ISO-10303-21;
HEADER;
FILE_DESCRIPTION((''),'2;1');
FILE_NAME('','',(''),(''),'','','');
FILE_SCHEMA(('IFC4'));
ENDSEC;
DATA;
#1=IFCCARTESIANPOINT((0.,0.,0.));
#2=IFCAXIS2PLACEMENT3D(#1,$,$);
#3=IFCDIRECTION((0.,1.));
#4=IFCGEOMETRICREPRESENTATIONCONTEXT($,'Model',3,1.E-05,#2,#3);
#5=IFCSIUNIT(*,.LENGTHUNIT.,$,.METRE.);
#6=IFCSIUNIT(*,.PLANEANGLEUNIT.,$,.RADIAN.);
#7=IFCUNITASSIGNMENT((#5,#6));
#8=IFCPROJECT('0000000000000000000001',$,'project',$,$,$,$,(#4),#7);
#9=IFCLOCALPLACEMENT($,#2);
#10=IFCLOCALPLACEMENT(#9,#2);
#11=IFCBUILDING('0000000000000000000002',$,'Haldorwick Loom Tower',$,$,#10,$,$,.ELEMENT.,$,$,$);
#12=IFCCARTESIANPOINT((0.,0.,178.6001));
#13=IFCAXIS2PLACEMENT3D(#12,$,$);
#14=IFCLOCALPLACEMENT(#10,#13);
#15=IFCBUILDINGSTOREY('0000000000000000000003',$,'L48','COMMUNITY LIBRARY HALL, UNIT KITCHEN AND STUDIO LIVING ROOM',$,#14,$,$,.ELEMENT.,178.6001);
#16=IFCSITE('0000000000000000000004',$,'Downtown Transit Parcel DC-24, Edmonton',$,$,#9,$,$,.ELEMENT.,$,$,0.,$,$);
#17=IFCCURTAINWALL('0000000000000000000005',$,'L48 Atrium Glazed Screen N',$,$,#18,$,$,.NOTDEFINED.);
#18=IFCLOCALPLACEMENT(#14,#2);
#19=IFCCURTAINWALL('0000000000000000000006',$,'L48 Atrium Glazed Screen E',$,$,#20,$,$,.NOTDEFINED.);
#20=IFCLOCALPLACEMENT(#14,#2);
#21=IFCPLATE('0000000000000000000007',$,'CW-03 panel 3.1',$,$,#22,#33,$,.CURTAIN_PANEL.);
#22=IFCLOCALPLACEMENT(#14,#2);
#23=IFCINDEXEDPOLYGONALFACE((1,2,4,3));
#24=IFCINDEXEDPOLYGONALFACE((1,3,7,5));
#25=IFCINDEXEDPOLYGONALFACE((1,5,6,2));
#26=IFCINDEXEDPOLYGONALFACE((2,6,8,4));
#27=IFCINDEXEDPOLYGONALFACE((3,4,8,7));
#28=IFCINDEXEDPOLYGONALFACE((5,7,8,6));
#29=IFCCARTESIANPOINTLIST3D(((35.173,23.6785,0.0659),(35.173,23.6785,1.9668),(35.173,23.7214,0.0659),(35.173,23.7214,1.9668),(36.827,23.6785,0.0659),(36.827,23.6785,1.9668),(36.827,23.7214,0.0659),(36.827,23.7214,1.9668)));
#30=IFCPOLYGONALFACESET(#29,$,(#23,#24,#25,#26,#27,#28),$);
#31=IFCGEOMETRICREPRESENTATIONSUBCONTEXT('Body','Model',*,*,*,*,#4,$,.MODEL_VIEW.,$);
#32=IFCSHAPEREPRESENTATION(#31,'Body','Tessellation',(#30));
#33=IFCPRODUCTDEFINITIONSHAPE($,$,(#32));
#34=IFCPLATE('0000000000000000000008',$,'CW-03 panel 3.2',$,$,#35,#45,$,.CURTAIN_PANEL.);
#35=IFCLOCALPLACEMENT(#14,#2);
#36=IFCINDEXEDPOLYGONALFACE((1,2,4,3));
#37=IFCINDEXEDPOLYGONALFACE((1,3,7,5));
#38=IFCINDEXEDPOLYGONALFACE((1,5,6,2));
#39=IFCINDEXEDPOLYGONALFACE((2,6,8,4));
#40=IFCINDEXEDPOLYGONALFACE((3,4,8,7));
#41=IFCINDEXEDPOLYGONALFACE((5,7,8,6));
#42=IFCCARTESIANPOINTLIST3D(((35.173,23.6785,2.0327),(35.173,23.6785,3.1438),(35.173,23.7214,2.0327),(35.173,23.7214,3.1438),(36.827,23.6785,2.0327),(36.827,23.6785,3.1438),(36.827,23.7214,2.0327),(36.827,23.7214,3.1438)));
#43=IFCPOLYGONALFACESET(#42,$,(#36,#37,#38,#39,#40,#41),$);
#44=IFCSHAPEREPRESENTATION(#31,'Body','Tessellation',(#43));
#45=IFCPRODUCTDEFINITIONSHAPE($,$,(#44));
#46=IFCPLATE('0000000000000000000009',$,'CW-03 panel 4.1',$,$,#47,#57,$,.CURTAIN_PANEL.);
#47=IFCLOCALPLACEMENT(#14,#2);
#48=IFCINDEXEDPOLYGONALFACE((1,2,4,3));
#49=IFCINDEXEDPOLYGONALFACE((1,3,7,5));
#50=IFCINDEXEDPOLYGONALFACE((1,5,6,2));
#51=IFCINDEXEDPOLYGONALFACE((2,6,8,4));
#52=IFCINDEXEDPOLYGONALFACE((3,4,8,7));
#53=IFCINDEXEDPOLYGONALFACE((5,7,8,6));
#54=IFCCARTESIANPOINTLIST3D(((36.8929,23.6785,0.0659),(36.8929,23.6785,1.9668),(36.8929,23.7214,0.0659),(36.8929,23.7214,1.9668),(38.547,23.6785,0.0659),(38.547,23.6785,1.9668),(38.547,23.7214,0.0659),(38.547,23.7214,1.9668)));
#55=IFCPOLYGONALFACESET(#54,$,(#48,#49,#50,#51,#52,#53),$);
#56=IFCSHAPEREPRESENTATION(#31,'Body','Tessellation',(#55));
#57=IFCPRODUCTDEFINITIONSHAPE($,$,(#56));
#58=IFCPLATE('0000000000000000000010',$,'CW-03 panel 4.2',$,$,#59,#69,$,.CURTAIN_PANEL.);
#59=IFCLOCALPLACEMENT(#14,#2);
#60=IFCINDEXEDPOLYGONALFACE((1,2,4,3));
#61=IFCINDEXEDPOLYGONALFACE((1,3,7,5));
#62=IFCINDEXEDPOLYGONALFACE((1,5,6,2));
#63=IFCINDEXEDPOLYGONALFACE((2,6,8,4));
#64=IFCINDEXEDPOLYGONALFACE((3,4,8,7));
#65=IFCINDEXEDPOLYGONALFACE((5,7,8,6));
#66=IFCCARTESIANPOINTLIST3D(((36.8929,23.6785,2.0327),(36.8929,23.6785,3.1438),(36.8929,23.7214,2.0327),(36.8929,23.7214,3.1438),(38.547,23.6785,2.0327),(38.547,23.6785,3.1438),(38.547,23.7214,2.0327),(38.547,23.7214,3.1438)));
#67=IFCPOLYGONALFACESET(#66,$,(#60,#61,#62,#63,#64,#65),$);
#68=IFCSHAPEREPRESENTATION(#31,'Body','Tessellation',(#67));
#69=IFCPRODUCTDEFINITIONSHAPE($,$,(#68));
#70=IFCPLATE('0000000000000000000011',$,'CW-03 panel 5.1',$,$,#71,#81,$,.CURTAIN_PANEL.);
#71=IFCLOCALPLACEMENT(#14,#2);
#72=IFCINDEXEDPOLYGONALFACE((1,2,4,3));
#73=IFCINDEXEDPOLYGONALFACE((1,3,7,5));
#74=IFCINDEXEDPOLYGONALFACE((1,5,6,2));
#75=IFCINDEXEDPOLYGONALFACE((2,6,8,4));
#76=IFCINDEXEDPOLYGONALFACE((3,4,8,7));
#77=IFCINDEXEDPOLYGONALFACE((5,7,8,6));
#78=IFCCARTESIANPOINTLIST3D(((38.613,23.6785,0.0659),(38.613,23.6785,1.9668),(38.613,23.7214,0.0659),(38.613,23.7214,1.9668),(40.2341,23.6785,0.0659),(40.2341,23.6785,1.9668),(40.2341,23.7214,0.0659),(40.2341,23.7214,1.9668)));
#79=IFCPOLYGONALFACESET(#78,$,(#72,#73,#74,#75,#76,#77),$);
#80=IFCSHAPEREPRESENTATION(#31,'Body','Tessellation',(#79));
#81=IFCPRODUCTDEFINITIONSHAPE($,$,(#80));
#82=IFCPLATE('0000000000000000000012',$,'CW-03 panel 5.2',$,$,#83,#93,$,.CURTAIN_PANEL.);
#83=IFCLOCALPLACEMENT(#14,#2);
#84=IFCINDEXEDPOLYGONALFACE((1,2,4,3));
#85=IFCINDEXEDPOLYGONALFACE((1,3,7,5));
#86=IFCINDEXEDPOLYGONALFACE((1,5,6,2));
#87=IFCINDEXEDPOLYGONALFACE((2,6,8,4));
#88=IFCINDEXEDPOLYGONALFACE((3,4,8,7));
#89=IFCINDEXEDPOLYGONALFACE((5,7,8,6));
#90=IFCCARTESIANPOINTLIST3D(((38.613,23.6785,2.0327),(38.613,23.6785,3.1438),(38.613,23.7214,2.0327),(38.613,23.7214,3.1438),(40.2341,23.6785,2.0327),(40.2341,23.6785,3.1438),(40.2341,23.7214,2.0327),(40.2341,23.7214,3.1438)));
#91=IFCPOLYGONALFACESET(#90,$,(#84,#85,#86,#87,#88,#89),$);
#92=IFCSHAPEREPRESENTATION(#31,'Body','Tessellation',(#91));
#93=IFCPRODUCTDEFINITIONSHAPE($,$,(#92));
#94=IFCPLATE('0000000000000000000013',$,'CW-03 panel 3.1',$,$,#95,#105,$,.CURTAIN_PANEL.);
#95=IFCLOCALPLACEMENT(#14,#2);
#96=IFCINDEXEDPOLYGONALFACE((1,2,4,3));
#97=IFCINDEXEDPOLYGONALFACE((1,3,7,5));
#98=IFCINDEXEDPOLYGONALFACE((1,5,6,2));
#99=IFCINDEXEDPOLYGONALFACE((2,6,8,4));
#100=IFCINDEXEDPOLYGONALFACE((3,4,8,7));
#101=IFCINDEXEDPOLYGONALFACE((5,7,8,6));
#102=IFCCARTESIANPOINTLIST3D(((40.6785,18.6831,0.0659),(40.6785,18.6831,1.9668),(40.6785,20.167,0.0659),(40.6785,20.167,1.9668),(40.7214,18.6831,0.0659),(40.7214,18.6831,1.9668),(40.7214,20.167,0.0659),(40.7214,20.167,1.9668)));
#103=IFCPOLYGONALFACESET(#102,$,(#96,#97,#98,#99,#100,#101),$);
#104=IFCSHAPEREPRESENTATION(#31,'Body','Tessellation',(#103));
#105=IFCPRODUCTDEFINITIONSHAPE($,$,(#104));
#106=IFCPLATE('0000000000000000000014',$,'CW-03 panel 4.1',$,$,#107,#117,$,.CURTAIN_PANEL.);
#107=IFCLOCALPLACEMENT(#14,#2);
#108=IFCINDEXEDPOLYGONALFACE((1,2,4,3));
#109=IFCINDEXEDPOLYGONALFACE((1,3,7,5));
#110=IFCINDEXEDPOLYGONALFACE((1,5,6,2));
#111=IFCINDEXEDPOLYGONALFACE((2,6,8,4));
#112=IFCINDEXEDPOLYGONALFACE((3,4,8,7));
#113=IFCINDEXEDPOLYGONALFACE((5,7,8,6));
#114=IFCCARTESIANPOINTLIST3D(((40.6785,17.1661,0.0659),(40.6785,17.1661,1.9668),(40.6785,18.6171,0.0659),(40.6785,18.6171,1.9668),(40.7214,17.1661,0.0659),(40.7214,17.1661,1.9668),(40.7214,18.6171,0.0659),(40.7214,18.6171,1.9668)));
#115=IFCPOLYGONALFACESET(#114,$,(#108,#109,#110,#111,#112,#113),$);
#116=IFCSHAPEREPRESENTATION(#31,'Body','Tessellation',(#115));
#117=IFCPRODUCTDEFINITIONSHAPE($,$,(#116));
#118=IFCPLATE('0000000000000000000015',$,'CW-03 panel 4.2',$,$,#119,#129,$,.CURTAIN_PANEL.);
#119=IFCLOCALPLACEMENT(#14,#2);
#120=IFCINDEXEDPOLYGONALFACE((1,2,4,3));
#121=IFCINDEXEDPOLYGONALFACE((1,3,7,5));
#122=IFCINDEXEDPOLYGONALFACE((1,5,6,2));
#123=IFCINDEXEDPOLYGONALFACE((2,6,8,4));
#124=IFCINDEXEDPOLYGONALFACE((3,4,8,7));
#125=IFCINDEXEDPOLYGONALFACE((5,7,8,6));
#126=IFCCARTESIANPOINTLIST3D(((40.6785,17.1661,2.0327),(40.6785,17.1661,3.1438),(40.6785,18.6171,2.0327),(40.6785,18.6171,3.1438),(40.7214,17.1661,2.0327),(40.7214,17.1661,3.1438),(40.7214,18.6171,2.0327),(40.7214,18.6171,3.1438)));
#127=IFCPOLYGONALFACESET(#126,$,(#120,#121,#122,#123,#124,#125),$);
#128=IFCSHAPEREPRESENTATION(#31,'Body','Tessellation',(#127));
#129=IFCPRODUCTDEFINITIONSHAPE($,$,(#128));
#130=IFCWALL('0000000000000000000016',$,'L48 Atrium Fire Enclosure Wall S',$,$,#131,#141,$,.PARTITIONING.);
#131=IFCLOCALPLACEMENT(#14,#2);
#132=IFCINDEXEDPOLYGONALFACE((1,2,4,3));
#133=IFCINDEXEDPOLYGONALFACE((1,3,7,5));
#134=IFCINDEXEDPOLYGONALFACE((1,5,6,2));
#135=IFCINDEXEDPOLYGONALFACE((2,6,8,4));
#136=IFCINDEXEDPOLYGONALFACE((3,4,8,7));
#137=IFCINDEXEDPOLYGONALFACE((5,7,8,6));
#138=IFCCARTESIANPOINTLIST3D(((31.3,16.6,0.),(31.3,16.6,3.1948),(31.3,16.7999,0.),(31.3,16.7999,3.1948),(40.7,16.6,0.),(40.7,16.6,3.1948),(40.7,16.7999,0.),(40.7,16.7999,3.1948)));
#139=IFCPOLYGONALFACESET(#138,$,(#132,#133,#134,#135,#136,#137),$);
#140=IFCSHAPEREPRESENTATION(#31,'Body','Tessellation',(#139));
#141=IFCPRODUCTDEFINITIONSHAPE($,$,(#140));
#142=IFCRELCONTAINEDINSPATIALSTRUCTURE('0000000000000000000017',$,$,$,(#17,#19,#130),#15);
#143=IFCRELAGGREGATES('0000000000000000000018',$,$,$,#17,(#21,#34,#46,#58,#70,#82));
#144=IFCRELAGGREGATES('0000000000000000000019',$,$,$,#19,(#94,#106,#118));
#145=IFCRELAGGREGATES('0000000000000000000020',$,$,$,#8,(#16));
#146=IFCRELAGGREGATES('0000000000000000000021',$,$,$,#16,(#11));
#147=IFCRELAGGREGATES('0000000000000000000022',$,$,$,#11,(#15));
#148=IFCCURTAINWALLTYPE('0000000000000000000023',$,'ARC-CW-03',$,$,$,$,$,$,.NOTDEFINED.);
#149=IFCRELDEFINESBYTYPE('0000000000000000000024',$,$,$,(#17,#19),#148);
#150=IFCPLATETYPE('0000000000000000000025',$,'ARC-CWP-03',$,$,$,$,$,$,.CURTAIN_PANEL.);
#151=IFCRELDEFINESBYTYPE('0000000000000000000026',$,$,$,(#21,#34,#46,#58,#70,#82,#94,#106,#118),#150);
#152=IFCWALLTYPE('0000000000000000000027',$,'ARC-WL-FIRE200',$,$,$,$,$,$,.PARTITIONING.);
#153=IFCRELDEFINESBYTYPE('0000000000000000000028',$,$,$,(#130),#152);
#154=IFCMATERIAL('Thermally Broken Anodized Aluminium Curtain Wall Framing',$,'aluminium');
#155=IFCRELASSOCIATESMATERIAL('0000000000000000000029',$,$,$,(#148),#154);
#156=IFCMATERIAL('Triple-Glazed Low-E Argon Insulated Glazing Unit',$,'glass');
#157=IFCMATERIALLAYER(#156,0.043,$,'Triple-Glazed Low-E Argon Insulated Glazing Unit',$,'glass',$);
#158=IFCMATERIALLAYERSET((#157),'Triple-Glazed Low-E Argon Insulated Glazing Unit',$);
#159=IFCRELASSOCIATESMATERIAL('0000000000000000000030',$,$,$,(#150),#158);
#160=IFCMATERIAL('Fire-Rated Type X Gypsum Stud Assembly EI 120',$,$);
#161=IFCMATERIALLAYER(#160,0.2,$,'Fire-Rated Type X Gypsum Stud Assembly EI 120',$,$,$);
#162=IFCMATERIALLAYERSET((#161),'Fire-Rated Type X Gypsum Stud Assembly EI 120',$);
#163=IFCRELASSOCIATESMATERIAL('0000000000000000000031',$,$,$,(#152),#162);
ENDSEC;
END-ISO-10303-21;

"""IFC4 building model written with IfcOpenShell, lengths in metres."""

from ifc_helpers import new_model, si_unit, direction, frame, frame_2d, origin, origin_2d, place, context, subcontext, project, spatial, rectangle, extrude, material, layer, layer_set, type_object, element, aggregate, save


model = new_model("IFC4")

# Units and contexts
model_context = context("Model", 3, precision=1e-05, world=origin(), true_north=direction((0.0, 1.0)))
body_context = subcontext(model_context, "Body", "Model", "MODEL_VIEW")
ifc_project = project(units=[si_unit("LENGTHUNIT", "METRE"), si_unit("PLANEANGLEUNIT", "RADIAN")], contexts=[model_context])

# Site, building, storey
site_placement = place(None, origin())
site = spatial("IfcSite", under=ifc_project, at=site_placement, Name="Downtown Transit Parcel DC-24, Edmonton", CompositionType="ELEMENT", RefElevation=0.0)
building_placement = place(site_placement, origin())
building = spatial("IfcBuilding", under=site, at=building_placement, Name="Haldorwick Loom Tower", CompositionType="ELEMENT")
storey_placement = place(building_placement, frame((0.0, 0.0, 178.6001)))
storey = spatial("IfcBuildingStorey", under=building, at=storey_placement, Name="L48", Description="COMMUNITY LIBRARY HALL, UNIT KITCHEN AND STUDIO LIVING ROOM", CompositionType="ELEMENT", Elevation=178.6001)

# Curtain walls
ifc_material_1 = material(Name="Thermally Broken Anodized Aluminium Curtain Wall Framing", Category="aluminium")
curtain_wall_type = type_object("IfcCurtainWallType", Name="ARC-CW-03", PredefinedType="NOTDEFINED", material=ifc_material_1)
curtain_wall_1_placement = place(storey_placement, origin())
curtain_wall_1 = element("IfcCurtainWall", 1, at=curtain_wall_1_placement, inside=storey, type_object=curtain_wall_type, Name="L48 Atrium Glazed Screen N", PredefinedType="NOTDEFINED")
curtain_wall_2_placement = place(storey_placement, origin())
curtain_wall_2 = element("IfcCurtainWall", 2, at=curtain_wall_2_placement, inside=storey, type_object=curtain_wall_type, Name="L48 Atrium Glazed Screen E", PredefinedType="NOTDEFINED")

# Plates
ifc_material_2 = material(Name="Triple-Glazed Low-E Argon Insulated Glazing Unit", Category="glass")
ifc_layer_1 = layer(ifc_material_2, 0.043, Name="Triple-Glazed Low-E Argon Insulated Glazing Unit", Category="glass")
ifc_layer_set_1 = layer_set([ifc_layer_1], Name="Triple-Glazed Low-E Argon Insulated Glazing Unit")
plate_type = type_object("IfcPlateType", Name="ARC-CWP-03", PredefinedType="CURTAIN_PANEL", material=ifc_layer_set_1)
plate_1_placement = place(storey_placement, frame((36.0, 23.7, 0.0659), z_axis=(0.0, 0.0, 1.0), x_axis=(1.0, 0.0, 0.0)))
plate_1 = element("IfcPlate", 3, at=plate_1_placement, type_object=plate_type, Name="CW-03 panel 3.1", PredefinedType="CURTAIN_PANEL", context=body_context, shape_type="SweptSolid", body=[
    extrude(rectangle(XDim=1.6541, YDim=0.043, at=origin_2d()), origin(), (0.0, 0.0, 1.0), 1.9009),
])
plate_2_placement = place(storey_placement, frame((36.0, 23.7, 2.0327), z_axis=(0.0, 0.0, 1.0), x_axis=(1.0, 0.0, 0.0)))
plate_2 = element("IfcPlate", 4, at=plate_2_placement, type_object=plate_type, Name="CW-03 panel 3.2", PredefinedType="CURTAIN_PANEL", context=body_context, shape_type="SweptSolid", body=[
    extrude(rectangle(XDim=1.6541, YDim=0.043, at=origin_2d()), origin(), (0.0, 0.0, 1.0), 1.1111),
])
plate_3_placement = place(storey_placement, frame((37.72, 23.7, 0.0659), z_axis=(0.0, 0.0, 1.0), x_axis=(1.0, 0.0, 0.0)))
plate_3 = element("IfcPlate", 5, at=plate_3_placement, type_object=plate_type, Name="CW-03 panel 4.1", PredefinedType="CURTAIN_PANEL", context=body_context, shape_type="SweptSolid", body=[
    extrude(rectangle(XDim=1.6541, YDim=0.043, at=origin_2d()), origin(), (0.0, 0.0, 1.0), 1.9009),
])
plate_4_placement = place(storey_placement, frame((37.72, 23.7, 2.0327), z_axis=(0.0, 0.0, 1.0), x_axis=(1.0, 0.0, 0.0)))
plate_4 = element("IfcPlate", 6, at=plate_4_placement, type_object=plate_type, Name="CW-03 panel 4.2", PredefinedType="CURTAIN_PANEL", context=body_context, shape_type="SweptSolid", body=[
    extrude(rectangle(XDim=1.6541, YDim=0.043, at=origin_2d()), origin(), (0.0, 0.0, 1.0), 1.1111),
])
plate_5_placement = place(storey_placement, frame((39.4236, 23.7, 0.0659), z_axis=(0.0, 0.0, 1.0), x_axis=(1.0, 0.0, 0.0)))
plate_5 = element("IfcPlate", 7, at=plate_5_placement, type_object=plate_type, Name="CW-03 panel 5.1", PredefinedType="CURTAIN_PANEL", context=body_context, shape_type="SweptSolid", body=[
    extrude(rectangle(XDim=1.6211, YDim=0.043, at=origin_2d()), origin(), (0.0, 0.0, 1.0), 1.9009),
])
plate_6_placement = place(storey_placement, frame((39.4236, 23.7, 2.0327), z_axis=(0.0, 0.0, 1.0), x_axis=(1.0, 0.0, 0.0)))
plate_6 = element("IfcPlate", 8, at=plate_6_placement, type_object=plate_type, Name="CW-03 panel 5.2", PredefinedType="CURTAIN_PANEL", context=body_context, shape_type="SweptSolid", body=[
    extrude(rectangle(XDim=1.6211, YDim=0.043, at=origin_2d()), origin(), (0.0, 0.0, 1.0), 1.1111),
])
aggregate(curtain_wall_1, [plate_1, plate_2, plate_3, plate_4, plate_5, plate_6])
plate_7_placement = place(storey_placement, frame((40.7, 19.425, 0.0659), z_axis=(0.0, 0.0, 1.0), x_axis=(0.0, -1.0, 0.0)))
plate_7 = element("IfcPlate", 9, at=plate_7_placement, type_object=plate_type, Name="CW-03 panel 3.1", PredefinedType="CURTAIN_PANEL", context=body_context, shape_type="SweptSolid", body=[
    extrude(rectangle(XDim=1.4839, YDim=0.043, at=origin_2d()), origin(), (0.0, 0.0, 1.0), 1.9009),
])
plate_8_placement = place(storey_placement, frame((40.7, 17.8916, 0.0659), z_axis=(0.0, 0.0, 1.0), x_axis=(0.0, -1.0, 0.0)))
plate_8 = element("IfcPlate", 10, at=plate_8_placement, type_object=plate_type, Name="CW-03 panel 4.1", PredefinedType="CURTAIN_PANEL", context=body_context, shape_type="SweptSolid", body=[
    extrude(rectangle(XDim=1.4509, YDim=0.043, at=origin_2d()), origin(), (0.0, 0.0, 1.0), 1.9009),
])
plate_9_placement = place(storey_placement, frame((40.7, 17.8916, 2.0327), z_axis=(0.0, 0.0, 1.0), x_axis=(0.0, -1.0, 0.0)))
plate_9 = element("IfcPlate", 11, at=plate_9_placement, type_object=plate_type, Name="CW-03 panel 4.2", PredefinedType="CURTAIN_PANEL", context=body_context, shape_type="SweptSolid", body=[
    extrude(rectangle(XDim=1.4509, YDim=0.043, at=origin_2d()), origin(), (0.0, 0.0, 1.0), 1.1111),
])
aggregate(curtain_wall_2, [plate_7, plate_8, plate_9])

# Wall
ifc_material_3 = material(Name="Fire-Rated Type X Gypsum Stud Assembly EI 120")
ifc_layer_2 = layer(ifc_material_3, 0.2, Name="Fire-Rated Type X Gypsum Stud Assembly EI 120")
ifc_layer_set_2 = layer_set([ifc_layer_2], Name="Fire-Rated Type X Gypsum Stud Assembly EI 120")
wall_type = type_object("IfcWallType", Name="ARC-WL-FIRE200", PredefinedType="PARTITIONING", material=ifc_layer_set_2)
wall_placement = place(storey_placement, frame((40.7, 16.7, 0.0), z_axis=(0.0, 0.0, 1.0), x_axis=(-1.0, 0.0, 0.0)))
element("IfcWall", 12, at=wall_placement, inside=storey, type_object=wall_type, Name="L48 Atrium Fire Enclosure Wall S", PredefinedType="PARTITIONING", context=body_context, shape_type="SweptSolid", body=[
    extrude(rectangle(XDim=9.3999, YDim=0.2, at=frame_2d((4.7, 0.0))), origin(), (0.0, 0.0, 1.0), 3.1948),
])

save(model, "model.ifc")
